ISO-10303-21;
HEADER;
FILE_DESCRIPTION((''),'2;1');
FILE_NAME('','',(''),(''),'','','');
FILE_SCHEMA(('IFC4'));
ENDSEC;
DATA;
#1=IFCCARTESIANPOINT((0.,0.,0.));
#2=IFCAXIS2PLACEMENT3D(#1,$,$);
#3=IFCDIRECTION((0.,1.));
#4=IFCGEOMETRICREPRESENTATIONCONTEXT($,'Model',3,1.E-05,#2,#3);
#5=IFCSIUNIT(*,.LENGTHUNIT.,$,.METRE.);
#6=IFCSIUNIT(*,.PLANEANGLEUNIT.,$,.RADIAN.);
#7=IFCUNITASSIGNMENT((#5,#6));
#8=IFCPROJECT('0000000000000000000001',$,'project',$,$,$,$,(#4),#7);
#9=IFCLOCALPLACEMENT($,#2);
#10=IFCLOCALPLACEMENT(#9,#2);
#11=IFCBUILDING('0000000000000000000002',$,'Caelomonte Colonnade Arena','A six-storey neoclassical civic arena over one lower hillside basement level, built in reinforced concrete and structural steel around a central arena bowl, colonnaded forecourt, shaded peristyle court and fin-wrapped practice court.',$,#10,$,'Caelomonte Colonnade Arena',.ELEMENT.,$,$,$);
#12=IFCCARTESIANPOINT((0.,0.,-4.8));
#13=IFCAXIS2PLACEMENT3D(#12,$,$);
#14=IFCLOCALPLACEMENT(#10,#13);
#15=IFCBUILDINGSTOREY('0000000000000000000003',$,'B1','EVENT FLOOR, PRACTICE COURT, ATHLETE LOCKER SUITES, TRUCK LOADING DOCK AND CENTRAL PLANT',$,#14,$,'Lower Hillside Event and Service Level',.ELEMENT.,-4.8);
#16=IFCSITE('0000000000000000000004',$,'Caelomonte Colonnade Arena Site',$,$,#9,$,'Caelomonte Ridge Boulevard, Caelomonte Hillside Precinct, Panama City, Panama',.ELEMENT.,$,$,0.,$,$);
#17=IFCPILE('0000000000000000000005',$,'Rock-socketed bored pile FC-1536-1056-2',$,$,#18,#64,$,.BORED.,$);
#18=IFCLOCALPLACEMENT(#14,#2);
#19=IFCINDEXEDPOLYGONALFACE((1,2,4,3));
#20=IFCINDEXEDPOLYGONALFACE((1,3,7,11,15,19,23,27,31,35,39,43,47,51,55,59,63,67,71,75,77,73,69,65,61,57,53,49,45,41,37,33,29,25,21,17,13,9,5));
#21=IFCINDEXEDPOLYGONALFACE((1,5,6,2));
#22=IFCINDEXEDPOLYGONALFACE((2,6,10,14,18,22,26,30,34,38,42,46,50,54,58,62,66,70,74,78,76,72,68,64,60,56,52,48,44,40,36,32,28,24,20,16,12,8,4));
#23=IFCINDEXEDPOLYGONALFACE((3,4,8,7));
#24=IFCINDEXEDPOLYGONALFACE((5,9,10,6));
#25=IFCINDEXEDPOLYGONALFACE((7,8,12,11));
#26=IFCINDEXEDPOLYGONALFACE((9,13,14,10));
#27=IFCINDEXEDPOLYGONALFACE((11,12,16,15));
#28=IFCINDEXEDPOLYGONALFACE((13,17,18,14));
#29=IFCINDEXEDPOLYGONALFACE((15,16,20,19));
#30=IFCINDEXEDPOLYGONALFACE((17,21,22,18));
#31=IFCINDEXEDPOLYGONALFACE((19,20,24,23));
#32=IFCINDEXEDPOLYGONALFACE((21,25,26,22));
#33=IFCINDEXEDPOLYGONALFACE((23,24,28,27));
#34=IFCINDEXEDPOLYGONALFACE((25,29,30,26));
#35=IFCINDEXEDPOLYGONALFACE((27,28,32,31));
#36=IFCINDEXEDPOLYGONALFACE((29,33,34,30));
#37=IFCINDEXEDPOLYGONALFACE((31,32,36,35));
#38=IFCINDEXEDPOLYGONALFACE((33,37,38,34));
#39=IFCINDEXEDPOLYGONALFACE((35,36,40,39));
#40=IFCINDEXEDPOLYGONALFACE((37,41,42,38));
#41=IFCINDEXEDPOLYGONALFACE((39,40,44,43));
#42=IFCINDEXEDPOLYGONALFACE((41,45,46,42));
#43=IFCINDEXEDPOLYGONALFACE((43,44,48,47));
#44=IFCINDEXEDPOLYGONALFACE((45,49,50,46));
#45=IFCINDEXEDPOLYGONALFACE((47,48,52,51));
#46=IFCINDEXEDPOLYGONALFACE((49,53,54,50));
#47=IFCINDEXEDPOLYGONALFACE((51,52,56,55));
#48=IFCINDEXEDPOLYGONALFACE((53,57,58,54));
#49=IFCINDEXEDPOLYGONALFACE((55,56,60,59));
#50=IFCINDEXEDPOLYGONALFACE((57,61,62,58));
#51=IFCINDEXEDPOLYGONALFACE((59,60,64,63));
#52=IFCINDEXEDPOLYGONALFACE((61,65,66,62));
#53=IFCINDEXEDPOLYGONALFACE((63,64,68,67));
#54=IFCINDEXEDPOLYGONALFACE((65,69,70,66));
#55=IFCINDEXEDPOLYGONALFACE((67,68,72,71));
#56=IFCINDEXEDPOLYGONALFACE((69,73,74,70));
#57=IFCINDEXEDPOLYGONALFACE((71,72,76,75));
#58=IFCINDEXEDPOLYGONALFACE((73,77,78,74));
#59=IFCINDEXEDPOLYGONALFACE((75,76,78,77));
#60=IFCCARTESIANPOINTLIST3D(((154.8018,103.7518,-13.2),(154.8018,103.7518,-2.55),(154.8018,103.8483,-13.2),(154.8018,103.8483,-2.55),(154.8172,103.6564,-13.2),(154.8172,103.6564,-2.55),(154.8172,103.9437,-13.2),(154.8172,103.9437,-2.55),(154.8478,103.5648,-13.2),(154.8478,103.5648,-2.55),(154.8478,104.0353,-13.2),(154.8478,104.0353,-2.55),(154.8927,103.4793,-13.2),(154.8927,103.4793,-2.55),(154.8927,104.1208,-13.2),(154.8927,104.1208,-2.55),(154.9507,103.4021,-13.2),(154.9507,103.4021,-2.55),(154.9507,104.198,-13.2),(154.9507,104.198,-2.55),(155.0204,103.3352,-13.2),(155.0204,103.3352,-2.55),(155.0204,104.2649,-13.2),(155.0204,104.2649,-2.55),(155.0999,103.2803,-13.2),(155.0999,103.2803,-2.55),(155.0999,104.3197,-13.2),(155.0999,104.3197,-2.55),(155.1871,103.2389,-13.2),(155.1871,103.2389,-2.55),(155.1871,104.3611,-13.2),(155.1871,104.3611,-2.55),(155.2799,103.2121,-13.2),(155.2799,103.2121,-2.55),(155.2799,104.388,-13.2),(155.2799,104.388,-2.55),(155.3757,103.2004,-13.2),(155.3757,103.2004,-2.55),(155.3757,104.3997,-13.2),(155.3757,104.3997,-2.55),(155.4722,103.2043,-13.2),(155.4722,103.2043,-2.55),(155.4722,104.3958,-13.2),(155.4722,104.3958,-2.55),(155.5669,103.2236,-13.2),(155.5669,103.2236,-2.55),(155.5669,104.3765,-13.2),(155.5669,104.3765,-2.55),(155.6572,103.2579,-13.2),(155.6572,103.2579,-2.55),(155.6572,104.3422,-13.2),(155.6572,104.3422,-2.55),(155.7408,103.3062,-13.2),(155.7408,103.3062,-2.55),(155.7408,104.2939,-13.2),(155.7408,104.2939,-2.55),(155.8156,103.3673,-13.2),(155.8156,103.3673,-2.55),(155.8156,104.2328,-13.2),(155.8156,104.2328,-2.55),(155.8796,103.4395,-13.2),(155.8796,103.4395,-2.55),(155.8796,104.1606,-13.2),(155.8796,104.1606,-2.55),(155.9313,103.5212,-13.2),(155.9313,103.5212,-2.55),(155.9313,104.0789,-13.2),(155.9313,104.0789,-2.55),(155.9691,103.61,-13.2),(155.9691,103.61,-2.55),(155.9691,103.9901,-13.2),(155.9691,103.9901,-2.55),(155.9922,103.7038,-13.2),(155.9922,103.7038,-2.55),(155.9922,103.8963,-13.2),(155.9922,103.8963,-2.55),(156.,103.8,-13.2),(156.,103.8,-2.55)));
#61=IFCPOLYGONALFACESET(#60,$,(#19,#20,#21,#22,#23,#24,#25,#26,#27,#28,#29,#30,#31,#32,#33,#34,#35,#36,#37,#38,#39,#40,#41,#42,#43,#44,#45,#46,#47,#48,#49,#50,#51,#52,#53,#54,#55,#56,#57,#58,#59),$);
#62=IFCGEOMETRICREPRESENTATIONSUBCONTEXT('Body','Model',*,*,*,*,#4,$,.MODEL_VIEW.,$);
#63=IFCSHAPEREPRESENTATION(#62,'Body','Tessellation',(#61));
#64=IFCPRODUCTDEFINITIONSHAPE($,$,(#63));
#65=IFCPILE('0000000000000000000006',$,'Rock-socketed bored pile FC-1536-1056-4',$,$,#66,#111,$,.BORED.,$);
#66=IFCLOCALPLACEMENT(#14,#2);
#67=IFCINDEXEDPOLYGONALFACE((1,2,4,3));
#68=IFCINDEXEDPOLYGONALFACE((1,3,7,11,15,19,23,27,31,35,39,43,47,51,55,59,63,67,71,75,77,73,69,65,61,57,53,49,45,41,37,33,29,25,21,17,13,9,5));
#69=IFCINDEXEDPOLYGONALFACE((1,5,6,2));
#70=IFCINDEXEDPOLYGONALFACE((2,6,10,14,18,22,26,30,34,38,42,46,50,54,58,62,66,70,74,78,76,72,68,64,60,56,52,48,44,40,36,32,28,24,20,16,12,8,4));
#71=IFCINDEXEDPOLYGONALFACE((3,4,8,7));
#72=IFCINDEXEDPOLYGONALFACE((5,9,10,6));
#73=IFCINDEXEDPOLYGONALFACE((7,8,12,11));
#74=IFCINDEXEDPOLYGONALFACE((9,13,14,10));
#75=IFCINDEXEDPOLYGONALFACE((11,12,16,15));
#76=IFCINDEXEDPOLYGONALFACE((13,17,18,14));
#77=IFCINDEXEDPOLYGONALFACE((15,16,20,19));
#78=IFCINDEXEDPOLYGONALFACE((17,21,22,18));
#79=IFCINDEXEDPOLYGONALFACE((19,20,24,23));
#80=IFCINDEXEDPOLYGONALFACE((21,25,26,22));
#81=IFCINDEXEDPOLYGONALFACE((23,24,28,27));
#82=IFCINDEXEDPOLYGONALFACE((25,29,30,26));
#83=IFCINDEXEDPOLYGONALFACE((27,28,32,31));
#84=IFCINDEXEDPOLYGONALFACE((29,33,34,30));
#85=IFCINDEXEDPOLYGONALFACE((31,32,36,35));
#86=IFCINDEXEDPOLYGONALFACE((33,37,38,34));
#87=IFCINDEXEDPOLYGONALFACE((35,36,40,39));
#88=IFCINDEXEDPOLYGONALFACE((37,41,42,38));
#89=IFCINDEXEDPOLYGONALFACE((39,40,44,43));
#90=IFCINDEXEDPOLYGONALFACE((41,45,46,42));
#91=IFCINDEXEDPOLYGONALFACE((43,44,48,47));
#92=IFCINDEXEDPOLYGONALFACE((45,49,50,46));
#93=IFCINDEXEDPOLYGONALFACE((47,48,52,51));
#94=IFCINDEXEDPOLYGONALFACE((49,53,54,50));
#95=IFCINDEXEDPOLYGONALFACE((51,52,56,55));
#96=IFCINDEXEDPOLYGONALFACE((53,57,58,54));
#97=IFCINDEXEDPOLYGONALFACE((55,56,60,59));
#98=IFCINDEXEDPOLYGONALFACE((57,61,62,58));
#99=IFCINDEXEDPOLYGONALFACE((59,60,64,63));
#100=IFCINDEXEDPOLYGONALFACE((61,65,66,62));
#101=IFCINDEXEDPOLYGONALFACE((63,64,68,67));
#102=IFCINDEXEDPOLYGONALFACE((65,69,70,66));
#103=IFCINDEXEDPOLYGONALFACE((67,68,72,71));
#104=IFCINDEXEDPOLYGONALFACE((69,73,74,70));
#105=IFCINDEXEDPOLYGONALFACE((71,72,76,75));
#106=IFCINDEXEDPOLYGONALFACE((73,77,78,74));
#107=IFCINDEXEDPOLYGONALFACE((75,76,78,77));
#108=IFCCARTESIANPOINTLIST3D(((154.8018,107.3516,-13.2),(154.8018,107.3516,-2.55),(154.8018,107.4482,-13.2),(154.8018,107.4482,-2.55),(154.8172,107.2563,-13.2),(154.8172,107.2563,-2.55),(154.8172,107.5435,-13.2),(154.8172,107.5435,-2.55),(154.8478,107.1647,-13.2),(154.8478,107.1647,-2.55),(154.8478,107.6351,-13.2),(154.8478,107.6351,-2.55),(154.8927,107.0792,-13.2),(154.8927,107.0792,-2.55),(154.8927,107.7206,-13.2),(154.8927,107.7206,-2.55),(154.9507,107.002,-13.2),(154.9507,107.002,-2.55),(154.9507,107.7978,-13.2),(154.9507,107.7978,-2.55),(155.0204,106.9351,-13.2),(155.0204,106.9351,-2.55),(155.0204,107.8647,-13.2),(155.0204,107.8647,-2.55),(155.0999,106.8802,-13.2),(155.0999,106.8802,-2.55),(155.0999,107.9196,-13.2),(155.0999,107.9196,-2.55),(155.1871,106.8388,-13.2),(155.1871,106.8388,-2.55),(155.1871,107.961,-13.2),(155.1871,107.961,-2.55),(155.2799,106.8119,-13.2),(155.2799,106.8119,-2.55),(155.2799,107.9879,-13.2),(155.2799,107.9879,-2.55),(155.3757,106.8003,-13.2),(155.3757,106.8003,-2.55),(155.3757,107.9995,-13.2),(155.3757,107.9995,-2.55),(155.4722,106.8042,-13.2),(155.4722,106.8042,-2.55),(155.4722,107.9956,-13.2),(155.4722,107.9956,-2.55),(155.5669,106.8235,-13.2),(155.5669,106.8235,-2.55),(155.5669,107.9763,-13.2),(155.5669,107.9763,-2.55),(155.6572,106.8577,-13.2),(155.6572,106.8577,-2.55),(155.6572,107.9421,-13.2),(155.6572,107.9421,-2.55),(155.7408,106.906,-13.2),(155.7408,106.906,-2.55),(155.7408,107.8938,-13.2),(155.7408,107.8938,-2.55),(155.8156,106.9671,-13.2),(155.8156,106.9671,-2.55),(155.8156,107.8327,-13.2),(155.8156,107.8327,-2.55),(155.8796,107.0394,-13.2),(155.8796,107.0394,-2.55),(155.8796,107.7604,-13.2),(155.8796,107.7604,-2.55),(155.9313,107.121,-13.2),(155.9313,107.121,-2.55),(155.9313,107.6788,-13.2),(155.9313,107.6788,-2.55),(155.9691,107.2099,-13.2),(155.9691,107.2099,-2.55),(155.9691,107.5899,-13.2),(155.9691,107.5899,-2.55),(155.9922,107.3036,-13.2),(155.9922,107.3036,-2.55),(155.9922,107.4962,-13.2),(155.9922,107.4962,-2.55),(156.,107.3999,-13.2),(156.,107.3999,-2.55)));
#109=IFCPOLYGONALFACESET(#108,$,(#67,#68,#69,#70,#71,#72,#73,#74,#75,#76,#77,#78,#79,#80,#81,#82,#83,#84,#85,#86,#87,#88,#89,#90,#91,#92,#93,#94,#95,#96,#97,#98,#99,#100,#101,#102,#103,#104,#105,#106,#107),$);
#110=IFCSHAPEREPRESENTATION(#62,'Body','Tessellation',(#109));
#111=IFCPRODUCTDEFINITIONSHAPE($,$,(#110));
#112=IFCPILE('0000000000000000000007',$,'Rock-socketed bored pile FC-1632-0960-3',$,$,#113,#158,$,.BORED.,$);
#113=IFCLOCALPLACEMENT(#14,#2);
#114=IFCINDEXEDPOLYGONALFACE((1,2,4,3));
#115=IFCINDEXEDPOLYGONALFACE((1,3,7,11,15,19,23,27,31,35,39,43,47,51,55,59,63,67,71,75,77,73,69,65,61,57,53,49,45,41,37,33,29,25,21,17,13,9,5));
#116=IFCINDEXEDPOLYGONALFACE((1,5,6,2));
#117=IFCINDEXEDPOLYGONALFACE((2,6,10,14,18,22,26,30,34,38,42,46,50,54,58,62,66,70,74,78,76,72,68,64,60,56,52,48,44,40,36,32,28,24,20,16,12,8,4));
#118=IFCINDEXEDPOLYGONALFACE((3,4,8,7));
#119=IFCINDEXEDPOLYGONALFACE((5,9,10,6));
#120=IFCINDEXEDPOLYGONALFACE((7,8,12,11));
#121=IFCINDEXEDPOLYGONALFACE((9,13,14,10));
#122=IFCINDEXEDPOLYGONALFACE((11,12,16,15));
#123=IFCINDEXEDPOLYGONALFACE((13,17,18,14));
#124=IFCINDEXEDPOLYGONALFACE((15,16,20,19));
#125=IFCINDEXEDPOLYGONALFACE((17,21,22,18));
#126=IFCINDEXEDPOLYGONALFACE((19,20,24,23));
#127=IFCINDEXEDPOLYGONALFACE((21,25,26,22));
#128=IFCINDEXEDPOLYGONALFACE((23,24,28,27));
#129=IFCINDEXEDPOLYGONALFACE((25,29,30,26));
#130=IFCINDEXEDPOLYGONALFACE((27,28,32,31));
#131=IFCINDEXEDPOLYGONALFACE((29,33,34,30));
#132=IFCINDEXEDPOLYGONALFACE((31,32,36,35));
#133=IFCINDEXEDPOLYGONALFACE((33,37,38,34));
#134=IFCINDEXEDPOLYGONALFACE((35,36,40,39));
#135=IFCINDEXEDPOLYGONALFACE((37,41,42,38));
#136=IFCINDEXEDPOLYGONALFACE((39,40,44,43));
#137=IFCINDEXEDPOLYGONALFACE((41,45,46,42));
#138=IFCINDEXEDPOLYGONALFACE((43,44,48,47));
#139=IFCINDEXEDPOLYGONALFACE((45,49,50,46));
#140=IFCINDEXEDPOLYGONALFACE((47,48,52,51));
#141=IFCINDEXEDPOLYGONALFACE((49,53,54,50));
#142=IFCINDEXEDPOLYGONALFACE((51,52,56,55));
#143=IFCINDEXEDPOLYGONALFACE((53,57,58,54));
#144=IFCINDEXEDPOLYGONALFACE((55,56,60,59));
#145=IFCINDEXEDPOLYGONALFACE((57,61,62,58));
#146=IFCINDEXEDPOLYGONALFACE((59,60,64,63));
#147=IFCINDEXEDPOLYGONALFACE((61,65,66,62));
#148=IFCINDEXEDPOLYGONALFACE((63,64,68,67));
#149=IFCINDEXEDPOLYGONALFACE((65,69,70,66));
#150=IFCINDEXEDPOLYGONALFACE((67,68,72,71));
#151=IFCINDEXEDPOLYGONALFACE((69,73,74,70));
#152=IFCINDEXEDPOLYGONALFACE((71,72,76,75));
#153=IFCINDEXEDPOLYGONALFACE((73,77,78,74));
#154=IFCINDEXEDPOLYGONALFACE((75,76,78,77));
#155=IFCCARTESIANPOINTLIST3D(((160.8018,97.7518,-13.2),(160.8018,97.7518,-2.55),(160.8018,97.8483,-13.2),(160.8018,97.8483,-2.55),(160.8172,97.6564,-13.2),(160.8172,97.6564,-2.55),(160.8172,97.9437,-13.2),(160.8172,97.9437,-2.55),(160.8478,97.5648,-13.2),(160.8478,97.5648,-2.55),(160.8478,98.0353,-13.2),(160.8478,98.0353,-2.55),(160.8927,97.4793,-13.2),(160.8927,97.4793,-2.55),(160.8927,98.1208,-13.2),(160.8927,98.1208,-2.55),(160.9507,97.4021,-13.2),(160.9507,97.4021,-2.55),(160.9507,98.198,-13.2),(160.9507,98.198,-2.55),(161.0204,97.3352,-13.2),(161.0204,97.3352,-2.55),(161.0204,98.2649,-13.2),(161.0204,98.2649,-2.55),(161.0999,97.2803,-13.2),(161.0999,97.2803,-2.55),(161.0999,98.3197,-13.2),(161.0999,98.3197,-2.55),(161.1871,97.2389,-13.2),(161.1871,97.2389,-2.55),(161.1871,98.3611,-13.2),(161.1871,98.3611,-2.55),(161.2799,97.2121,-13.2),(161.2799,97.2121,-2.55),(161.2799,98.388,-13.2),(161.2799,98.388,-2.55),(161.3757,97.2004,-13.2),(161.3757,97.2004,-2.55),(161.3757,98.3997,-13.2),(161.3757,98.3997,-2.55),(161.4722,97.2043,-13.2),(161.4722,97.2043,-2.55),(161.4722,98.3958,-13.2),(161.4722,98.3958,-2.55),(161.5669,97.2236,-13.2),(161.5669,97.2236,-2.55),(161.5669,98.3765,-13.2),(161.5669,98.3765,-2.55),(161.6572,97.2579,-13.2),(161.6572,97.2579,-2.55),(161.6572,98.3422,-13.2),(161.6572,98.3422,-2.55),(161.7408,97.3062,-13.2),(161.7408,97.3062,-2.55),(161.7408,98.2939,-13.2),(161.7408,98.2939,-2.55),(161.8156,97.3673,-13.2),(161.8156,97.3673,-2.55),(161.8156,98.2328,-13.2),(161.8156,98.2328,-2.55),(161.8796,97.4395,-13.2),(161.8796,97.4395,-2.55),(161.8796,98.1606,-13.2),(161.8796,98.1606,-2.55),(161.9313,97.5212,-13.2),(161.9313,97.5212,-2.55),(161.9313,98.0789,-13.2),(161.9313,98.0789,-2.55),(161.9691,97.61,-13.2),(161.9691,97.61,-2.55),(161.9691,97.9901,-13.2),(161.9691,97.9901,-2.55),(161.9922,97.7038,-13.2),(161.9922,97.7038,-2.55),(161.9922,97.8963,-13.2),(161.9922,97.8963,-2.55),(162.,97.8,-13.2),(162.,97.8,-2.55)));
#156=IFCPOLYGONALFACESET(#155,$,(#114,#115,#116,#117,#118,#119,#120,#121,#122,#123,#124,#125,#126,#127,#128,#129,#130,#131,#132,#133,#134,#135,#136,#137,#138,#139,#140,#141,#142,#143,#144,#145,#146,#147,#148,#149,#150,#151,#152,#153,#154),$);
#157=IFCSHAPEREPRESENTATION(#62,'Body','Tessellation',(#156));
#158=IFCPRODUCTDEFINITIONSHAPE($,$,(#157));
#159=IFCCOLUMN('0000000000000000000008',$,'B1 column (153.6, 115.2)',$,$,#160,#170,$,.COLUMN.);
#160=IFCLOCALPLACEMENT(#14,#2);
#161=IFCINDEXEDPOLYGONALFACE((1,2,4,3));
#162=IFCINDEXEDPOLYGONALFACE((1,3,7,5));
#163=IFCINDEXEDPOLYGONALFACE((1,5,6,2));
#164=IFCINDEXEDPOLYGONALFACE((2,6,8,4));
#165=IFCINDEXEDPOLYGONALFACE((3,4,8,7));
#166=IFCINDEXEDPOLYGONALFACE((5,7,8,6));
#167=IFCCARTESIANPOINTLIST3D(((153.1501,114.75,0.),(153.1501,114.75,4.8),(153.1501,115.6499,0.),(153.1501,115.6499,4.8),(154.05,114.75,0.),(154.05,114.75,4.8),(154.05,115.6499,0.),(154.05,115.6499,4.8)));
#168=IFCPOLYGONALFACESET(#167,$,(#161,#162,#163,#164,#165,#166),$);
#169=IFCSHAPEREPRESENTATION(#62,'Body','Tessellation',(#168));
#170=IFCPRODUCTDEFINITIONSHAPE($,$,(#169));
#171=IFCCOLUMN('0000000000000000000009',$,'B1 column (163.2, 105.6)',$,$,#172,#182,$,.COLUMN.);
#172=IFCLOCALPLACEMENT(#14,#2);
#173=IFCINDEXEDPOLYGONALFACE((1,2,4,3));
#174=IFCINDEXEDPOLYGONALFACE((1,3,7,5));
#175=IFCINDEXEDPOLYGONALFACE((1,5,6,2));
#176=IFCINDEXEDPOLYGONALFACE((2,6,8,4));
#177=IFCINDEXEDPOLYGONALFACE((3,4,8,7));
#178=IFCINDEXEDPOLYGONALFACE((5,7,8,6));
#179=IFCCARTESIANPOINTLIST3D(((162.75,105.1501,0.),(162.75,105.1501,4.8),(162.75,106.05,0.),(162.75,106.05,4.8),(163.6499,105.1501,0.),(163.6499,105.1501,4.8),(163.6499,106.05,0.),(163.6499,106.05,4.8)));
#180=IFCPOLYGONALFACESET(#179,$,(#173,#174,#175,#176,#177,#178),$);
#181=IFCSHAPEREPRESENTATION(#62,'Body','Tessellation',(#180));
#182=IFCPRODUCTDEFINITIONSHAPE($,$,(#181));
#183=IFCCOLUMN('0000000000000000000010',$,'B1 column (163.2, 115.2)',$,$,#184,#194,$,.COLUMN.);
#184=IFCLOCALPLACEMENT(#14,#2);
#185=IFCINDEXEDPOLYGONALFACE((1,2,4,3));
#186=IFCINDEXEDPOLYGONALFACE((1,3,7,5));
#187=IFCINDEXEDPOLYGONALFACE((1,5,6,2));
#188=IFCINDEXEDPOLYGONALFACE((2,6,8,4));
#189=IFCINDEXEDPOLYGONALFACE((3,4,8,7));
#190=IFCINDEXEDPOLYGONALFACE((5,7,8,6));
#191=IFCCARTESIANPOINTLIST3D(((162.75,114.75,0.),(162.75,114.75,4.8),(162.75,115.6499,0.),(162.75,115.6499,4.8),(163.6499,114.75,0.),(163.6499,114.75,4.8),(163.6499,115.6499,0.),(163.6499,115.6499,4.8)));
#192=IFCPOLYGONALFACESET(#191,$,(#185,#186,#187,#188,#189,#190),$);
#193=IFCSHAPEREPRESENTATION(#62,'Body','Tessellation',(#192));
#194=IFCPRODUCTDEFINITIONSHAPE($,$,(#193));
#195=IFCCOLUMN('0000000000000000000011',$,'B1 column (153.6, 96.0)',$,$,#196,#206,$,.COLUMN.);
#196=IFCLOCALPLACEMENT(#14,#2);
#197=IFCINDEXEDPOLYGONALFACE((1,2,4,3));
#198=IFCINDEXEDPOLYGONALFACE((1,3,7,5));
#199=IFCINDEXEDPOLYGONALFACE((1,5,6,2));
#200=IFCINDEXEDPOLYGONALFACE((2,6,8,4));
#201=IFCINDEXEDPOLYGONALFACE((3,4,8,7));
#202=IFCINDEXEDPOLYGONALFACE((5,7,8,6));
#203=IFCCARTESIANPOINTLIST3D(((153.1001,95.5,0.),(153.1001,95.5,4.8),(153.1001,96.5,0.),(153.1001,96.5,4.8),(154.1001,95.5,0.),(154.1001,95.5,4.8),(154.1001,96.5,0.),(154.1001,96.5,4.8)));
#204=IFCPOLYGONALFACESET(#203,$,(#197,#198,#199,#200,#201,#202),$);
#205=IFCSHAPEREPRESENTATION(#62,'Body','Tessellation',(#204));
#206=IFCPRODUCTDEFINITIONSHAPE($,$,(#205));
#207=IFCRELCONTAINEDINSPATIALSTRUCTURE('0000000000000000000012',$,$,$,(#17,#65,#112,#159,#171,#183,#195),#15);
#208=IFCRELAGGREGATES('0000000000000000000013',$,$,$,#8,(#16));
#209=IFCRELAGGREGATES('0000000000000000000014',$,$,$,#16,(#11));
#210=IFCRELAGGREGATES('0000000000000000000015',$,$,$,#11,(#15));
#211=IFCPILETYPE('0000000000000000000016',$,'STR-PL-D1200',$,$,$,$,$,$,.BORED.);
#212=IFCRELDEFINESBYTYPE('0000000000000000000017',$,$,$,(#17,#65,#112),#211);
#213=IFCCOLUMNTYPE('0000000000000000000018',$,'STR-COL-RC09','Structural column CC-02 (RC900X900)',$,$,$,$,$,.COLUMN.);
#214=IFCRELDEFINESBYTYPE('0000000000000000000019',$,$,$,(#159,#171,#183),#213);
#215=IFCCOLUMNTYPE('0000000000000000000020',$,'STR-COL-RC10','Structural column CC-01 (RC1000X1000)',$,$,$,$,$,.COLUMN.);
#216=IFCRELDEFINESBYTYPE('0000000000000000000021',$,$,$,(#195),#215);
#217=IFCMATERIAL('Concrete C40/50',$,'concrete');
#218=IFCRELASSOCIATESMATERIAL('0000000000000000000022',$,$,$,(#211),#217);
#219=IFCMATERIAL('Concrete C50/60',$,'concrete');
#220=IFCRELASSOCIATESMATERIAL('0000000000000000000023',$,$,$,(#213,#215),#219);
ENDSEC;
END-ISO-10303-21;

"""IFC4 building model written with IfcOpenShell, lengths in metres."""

from ifc_helpers import new_model, si_unit, direction, frame, origin, origin_2d, place, context, subcontext, project, spatial, rectangle, circle, extrude, material, material_profile, profile_set, type_object, element, save


model = new_model("IFC4")

# Units and contexts
model_context = context("Model", 3, precision=1e-05, world=origin(), true_north=direction((0.0, 1.0)))
body_context = subcontext(model_context, "Body", "Model", "MODEL_VIEW")
ifc_project = project(units=[si_unit("LENGTHUNIT", "METRE"), si_unit("PLANEANGLEUNIT", "RADIAN")], contexts=[model_context])

# Site, building, storey
site_placement = place(None, origin())
site = spatial("IfcSite", under=ifc_project, at=site_placement, Name="Caelomonte Colonnade Arena Site", LongName="Caelomonte Ridge Boulevard, Caelomonte Hillside Precinct, Panama City, Panama", CompositionType="ELEMENT", RefElevation=0.0)
building_placement = place(site_placement, origin())
building = spatial("IfcBuilding", under=site, at=building_placement, Name="Caelomonte Colonnade Arena", Description="A six-storey neoclassical civic arena over one lower hillside basement level, built in reinforced concrete and structural steel around a central arena bowl, colonnaded forecourt, shaded peristyle court and fin-wrapped practice court.", LongName="Caelomonte Colonnade Arena", CompositionType="ELEMENT")
storey_placement = place(building_placement, frame((0.0, 0.0, -4.8)))
storey = spatial("IfcBuildingStorey", under=building, at=storey_placement, Name="B1", Description="EVENT FLOOR, PRACTICE COURT, ATHLETE LOCKER SUITES, TRUCK LOADING DOCK AND CENTRAL PLANT", LongName="Lower Hillside Event and Service Level", CompositionType="ELEMENT", Elevation=-4.8)

# Shared definitions
ifc_material_1 = material(Name="Concrete C40/50", Category="concrete")

# Piles
ifc_material_profile_1 = material_profile(ifc_material_1, circle(Radius=0.6001, at=origin_2d()), Name="PILE-D1200")
ifc_profile_set_1 = profile_set([ifc_material_profile_1], Name="Concrete C40/50")
pile_type_1 = type_object("IfcPileType", Name="STR-PL-D1200", PredefinedType="BORED", material=ifc_profile_set_1)
for number, where, z_axis, x_axis, name in (
    (1, (155.3999, 103.8, -2.55), (0.0, 0.0, -1.0), (1.0, 0.0, 0.0), "Rock-socketed bored pile FC-1536-1056-2"),
    (2, (155.3999, 107.3999, -2.55), (0.0, 0.0, -1.0), (1.0, 0.0, 0.0), "Rock-socketed bored pile FC-1536-1056-4"),
    (3, (161.3999, 97.8, -2.55), (0.0, 0.0, -1.0), (1.0, 0.0, 0.0), "Rock-socketed bored pile FC-1632-0960-3"),
):
    element("IfcPile", number, at=place(storey_placement, frame(where, z_axis=z_axis, x_axis=x_axis)), inside=storey, type_object=pile_type_1, Name=name, PredefinedType="BORED", context=body_context, shape_type="SweptSolid", body=[
        extrude(circle(Radius=0.6001, at=origin_2d()), origin(), (0.0, 0.0, 1.0), 10.6499),
    ])

# Columns
ifc_material_2 = material(Name="Concrete C50/60", Category="concrete")
ifc_material_profile_2 = material_profile(ifc_material_2, rectangle(XDim=0.8999, YDim=0.8999, at=origin_2d()), Name="RC900X900")
ifc_profile_set_2 = profile_set([ifc_material_profile_2], Name="Concrete C50/60")
column_type_1 = type_object("IfcColumnType", Name="STR-COL-RC09", Description="Structural column CC-02 (RC900X900)", PredefinedType="COLUMN", material=ifc_profile_set_2)
for number, where, z_axis, x_axis, name in (
    (4, (153.6001, 115.2, 0.0), (0.0, 0.0, 1.0), (1.0, 0.0, 0.0), "B1 column (153.6, 115.2)"),
    (5, (163.2, 105.6001, 0.0), (0.0, 0.0, 1.0), (1.0, 0.0, 0.0), "B1 column (163.2, 105.6)"),
    (6, (163.2, 115.2, 0.0), (0.0, 0.0, 1.0), (1.0, 0.0, 0.0), "B1 column (163.2, 115.2)"),
):
    element("IfcColumn", number, at=place(storey_placement, frame(where, z_axis=z_axis, x_axis=x_axis)), inside=storey, type_object=column_type_1, Name=name, PredefinedType="COLUMN", context=body_context, shape_type="SweptSolid", body=[
        extrude(rectangle(XDim=0.8999, YDim=0.8999, at=origin_2d()), origin(), (0.0, 0.0, 1.0), 4.8),
    ])
ifc_material_profile_3 = material_profile(ifc_material_2, rectangle(XDim=1.0, YDim=1.0, at=origin_2d()), Name="RC1000X1000")
ifc_profile_set_3 = profile_set([ifc_material_profile_3], Name="Concrete C50/60")
column_type_2 = type_object("IfcColumnType", Name="STR-COL-RC10", Description="Structural column CC-01 (RC1000X1000)", PredefinedType="COLUMN", material=ifc_profile_set_3)
column_placement = place(storey_placement, frame((153.6001, 96.0, 0.0), z_axis=(0.0, 0.0, 1.0), x_axis=(1.0, 0.0, 0.0)))
element("IfcColumn", 7, at=column_placement, inside=storey, type_object=column_type_2, Name="B1 column (153.6, 96.0)", PredefinedType="COLUMN", context=body_context, shape_type="SweptSolid", body=[
    extrude(rectangle(XDim=1.0, YDim=1.0, at=origin_2d()), origin(), (0.0, 0.0, 1.0), 4.8),
])

save(model, "model.ifc")
